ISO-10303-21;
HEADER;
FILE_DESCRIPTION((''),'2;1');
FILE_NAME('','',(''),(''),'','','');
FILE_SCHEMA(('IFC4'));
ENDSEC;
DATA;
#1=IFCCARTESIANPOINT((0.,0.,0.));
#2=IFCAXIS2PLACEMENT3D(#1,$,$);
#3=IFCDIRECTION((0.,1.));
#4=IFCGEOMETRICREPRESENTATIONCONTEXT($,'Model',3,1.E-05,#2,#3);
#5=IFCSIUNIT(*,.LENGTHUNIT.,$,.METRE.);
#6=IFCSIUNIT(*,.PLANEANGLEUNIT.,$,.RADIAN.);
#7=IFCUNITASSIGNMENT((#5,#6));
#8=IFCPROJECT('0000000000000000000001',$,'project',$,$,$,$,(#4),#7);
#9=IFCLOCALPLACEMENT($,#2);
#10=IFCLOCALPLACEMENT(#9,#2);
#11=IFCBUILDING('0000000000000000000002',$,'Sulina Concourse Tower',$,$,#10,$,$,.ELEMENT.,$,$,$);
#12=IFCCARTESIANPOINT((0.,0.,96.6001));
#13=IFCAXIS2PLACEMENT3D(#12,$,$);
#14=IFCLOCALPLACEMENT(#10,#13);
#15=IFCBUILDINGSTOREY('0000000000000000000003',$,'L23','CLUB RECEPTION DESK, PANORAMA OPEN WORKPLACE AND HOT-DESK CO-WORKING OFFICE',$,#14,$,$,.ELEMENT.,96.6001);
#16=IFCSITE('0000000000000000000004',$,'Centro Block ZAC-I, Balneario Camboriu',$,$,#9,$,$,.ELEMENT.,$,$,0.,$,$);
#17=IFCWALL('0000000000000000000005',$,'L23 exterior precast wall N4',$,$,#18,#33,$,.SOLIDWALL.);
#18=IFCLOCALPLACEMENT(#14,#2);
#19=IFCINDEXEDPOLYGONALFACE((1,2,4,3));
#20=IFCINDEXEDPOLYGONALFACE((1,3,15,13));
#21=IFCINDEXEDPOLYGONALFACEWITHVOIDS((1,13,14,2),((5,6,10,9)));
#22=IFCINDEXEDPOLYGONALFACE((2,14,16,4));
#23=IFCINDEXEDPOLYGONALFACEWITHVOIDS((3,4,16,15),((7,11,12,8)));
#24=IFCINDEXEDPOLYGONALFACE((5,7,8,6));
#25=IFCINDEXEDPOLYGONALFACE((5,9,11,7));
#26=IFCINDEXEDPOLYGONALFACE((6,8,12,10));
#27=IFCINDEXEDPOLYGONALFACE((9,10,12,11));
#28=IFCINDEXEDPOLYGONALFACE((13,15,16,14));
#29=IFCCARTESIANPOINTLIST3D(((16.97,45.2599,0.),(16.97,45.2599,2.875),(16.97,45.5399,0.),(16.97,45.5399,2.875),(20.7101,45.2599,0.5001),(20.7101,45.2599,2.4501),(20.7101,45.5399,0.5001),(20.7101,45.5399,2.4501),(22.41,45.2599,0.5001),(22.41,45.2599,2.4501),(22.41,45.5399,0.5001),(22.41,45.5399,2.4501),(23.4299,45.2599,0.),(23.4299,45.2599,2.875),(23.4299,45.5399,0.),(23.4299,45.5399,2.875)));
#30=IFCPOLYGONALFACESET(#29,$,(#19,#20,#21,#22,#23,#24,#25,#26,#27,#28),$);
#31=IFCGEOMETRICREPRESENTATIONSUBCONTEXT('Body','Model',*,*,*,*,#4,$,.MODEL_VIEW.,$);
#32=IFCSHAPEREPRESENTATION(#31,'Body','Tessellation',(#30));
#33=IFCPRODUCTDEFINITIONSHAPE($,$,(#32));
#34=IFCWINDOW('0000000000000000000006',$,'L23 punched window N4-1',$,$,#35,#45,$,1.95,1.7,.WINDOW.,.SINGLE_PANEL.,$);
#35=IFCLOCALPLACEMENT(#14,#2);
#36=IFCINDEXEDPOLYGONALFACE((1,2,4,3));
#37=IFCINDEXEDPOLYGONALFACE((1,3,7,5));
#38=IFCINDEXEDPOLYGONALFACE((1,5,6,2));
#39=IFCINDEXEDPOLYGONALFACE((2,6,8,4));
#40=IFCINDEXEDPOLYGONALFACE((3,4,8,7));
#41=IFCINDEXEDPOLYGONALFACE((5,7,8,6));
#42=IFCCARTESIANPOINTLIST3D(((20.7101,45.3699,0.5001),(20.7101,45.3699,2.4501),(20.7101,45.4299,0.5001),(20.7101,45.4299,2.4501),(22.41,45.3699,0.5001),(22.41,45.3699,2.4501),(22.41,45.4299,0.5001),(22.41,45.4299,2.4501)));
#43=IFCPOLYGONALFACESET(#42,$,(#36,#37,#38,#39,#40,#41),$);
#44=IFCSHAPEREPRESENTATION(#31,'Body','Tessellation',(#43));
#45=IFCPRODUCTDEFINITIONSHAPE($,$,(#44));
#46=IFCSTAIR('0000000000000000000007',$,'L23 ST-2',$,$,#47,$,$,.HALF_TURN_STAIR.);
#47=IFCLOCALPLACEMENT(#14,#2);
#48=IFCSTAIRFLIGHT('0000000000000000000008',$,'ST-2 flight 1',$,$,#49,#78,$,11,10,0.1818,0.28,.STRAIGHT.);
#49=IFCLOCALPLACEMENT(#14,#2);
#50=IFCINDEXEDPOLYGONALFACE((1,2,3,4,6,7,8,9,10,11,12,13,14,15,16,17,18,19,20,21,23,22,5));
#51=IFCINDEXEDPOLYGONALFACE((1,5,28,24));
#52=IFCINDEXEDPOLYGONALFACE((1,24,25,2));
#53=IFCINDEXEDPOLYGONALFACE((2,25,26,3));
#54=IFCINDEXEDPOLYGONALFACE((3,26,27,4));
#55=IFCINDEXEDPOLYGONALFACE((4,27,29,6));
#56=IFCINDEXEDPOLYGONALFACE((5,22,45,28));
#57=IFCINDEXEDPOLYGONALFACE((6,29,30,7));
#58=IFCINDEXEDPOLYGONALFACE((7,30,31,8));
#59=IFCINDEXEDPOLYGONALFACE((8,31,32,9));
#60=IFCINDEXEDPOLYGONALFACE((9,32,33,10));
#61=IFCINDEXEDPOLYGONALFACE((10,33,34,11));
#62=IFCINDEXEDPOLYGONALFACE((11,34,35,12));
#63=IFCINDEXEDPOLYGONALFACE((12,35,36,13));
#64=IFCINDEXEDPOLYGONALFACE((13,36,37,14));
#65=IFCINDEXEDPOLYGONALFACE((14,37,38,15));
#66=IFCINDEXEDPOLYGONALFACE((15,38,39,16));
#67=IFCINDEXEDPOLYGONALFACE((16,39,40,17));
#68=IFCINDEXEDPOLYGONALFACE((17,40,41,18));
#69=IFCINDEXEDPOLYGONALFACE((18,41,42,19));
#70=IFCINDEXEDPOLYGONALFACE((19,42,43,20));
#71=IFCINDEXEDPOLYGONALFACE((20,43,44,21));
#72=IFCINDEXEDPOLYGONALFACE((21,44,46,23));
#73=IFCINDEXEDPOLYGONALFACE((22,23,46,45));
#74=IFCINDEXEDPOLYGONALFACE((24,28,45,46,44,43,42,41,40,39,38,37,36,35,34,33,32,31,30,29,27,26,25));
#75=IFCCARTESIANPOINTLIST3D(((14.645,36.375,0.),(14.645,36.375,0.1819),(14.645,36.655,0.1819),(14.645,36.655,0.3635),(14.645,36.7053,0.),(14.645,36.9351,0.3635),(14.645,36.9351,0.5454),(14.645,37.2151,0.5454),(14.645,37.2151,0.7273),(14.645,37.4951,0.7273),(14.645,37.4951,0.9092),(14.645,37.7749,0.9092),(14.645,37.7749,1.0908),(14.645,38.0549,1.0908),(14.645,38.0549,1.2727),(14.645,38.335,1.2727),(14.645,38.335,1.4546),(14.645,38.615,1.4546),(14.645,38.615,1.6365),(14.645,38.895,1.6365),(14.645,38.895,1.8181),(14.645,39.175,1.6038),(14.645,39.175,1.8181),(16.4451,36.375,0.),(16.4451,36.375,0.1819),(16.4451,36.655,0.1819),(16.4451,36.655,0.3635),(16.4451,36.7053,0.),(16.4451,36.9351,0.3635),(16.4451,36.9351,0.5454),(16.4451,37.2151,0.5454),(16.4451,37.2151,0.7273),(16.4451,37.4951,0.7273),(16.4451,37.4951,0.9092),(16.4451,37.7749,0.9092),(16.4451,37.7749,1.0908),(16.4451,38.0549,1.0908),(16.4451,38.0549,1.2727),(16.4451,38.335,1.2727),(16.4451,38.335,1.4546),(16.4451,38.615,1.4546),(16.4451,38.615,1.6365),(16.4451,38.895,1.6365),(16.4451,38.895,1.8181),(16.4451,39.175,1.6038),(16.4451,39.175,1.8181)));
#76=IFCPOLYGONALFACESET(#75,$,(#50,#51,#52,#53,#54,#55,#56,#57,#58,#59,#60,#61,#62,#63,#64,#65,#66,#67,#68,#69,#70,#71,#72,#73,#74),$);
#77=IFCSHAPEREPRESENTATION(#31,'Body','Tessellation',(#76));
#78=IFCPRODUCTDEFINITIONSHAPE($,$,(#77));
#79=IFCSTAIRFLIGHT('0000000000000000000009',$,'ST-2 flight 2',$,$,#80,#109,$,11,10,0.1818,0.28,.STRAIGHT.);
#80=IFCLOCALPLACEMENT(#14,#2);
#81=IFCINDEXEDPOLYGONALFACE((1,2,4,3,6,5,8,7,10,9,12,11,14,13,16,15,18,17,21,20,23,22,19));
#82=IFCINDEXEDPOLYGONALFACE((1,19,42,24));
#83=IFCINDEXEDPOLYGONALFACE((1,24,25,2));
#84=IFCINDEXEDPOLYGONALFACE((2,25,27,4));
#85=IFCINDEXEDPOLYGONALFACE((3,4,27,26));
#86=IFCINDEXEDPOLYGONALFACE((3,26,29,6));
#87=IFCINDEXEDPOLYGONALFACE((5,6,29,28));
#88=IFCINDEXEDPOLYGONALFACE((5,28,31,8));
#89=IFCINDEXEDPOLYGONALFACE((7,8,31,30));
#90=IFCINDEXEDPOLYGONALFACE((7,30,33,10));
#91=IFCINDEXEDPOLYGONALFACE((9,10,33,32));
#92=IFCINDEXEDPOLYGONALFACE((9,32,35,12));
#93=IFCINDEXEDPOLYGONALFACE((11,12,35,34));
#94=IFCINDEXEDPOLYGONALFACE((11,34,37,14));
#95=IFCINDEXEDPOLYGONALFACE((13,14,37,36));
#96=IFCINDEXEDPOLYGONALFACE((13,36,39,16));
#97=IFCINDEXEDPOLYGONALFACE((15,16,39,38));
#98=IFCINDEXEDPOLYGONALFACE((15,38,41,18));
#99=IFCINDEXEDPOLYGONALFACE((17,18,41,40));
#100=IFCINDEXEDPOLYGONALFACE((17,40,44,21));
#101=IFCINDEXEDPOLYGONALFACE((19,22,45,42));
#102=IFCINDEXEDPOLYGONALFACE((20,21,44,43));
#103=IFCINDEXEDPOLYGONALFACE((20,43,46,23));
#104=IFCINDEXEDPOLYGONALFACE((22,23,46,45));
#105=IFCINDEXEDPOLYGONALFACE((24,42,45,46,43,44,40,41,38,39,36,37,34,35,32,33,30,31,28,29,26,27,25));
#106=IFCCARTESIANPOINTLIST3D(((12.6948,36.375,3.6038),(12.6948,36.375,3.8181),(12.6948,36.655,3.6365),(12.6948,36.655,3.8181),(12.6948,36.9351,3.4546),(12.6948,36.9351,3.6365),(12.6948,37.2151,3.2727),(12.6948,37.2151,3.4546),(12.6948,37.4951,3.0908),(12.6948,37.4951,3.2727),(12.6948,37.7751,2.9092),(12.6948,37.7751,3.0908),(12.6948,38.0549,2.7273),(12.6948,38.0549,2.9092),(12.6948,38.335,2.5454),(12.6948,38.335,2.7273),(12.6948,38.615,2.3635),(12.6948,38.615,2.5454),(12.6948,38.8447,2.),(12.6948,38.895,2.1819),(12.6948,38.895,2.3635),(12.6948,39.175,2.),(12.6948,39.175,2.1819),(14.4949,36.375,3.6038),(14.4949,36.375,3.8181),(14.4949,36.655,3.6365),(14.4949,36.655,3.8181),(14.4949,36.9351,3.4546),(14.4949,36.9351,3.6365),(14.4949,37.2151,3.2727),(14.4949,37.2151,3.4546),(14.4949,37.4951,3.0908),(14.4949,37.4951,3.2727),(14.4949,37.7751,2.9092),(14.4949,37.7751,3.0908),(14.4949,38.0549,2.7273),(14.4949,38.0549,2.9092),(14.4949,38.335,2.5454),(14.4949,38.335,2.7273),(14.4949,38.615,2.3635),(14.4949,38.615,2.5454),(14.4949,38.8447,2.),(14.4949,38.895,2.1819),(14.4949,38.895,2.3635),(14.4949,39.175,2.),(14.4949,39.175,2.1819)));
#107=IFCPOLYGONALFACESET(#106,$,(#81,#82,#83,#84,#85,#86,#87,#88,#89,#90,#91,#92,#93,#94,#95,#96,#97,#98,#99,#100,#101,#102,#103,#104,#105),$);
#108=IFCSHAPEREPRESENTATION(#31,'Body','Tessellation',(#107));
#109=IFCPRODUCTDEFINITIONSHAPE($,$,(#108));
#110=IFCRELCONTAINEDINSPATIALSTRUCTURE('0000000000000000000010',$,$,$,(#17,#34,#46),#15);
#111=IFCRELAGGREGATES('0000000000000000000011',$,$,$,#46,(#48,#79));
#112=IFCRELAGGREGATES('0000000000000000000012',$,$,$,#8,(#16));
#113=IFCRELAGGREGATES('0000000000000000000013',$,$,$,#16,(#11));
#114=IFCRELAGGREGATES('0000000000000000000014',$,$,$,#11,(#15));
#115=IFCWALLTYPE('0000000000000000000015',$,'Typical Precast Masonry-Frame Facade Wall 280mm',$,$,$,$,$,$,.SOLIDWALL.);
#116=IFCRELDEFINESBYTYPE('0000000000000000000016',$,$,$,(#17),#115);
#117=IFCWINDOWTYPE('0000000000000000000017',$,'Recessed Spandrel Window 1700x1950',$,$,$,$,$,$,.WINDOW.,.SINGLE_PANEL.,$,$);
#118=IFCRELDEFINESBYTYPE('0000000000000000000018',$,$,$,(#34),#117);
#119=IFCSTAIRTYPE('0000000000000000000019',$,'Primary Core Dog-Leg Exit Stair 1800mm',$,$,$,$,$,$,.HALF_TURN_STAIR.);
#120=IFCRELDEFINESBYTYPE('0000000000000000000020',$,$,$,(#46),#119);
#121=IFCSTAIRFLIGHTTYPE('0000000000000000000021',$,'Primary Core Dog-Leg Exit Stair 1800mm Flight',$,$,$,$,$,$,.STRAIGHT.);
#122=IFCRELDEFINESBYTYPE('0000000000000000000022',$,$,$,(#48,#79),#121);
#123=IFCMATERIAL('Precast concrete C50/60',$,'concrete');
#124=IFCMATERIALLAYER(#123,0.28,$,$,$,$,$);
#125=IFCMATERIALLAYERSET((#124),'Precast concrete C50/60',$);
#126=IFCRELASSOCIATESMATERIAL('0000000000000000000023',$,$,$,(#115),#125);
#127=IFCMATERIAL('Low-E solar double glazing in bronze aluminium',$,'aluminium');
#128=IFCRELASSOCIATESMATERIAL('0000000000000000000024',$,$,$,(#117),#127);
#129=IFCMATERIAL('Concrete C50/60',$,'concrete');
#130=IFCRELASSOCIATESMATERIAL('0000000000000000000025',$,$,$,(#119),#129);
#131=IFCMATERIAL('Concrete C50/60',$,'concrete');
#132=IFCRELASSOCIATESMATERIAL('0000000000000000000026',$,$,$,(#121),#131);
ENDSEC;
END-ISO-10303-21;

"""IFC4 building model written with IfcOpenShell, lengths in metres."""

from ifc_helpers import new_model, si_unit, direction, frame, frame_2d, origin, place, context, subcontext, project, spatial, polyline, rectangle, outline, extrude, material, layer, layer_set, type_object, element, fill, aggregate, save


model = new_model("IFC4")

# Units and contexts
model_context = context("Model", 3, precision=1e-05, world=origin(), true_north=direction((0.0, 1.0)))
body_context = subcontext(model_context, "Body", "Model", "MODEL_VIEW")
ifc_project = project(units=[si_unit("LENGTHUNIT", "METRE"), si_unit("PLANEANGLEUNIT", "RADIAN")], contexts=[model_context])

# Site, building, storey
site_placement = place(None, origin())
site = spatial("IfcSite", under=ifc_project, at=site_placement, Name="Centro Block ZAC-I, Balneario Camboriu", CompositionType="ELEMENT", RefElevation=0.0)
building_placement = place(site_placement, origin())
building = spatial("IfcBuilding", under=site, at=building_placement, Name="Sulina Concourse Tower", CompositionType="ELEMENT")
storey_placement = place(building_placement, frame((0.0, 0.0, 96.6001)))
storey = spatial("IfcBuildingStorey", under=building, at=storey_placement, Name="L23", Description="CLUB RECEPTION DESK, PANORAMA OPEN WORKPLACE AND HOT-DESK CO-WORKING OFFICE", CompositionType="ELEMENT", Elevation=96.6001)

# Shared definitions
ifc_material_1 = material(Name="Precast concrete C50/60", Category="concrete")
ifc_layer_1 = layer(ifc_material_1, 0.28)
ifc_layer_set_1 = layer_set([ifc_layer_1], Name="Precast concrete C50/60")
wall_type_1 = type_object("IfcWallType", Name="Typical Precast Masonry-Frame Facade Wall 280mm", PredefinedType="SOLIDWALL", material=ifc_layer_set_1)

# Wall, opening, window
wall_1_placement = place(storey_placement, frame((16.97, 45.3999, 0.0), z_axis=(0.0, 0.0, 1.0), x_axis=(1.0, 0.0, 0.0)))
wall_1 = element("IfcWall", 1, at=wall_1_placement, inside=storey, type_object=wall_type_1, Name="L23 exterior precast wall N4", PredefinedType="SOLIDWALL", context=body_context, shape_type="SweptSolid", body=[
    extrude(rectangle(XDim=6.46, YDim=0.28, at=frame_2d((3.23, 0.0))), origin(), (0.0, 0.0, 1.0), 2.875),
])
opening_1_placement = place(wall_1_placement, frame((3.74, 0.0, 0.5)))
opening_1 = element("IfcOpeningElement", 2, at=opening_1_placement, cuts=wall_1, PredefinedType="OPENING", context=body_context, shape_type="SweptSolid", body=[
    extrude(rectangle(XDim=1.7, YDim=1.95, at=frame_2d((0.8501, 0.9751))), frame((0.0, 0.1499, 0.0), z_axis=(0.0, -1.0, 0.0), x_axis=(1.0, 0.0, 0.0)), (0.0, 0.0, 1.0), 0.3),
])
ifc_material_2 = material(Name="Low-E solar double glazing in bronze aluminium", Category="aluminium")
window_type = type_object("IfcWindowType", Name="Recessed Spandrel Window 1700x1950", PartitioningType="SINGLE_PANEL", PredefinedType="WINDOW", material=ifc_material_2)
window_placement = place(opening_1_placement, origin())
window = element("IfcWindow", 3, at=window_placement, inside=storey, type_object=window_type, Name="L23 punched window N4-1", OverallHeight=1.95, OverallWidth=1.7, PartitioningType="SINGLE_PANEL", PredefinedType="WINDOW", context=body_context, shape_type="SweptSolid", body=[
    extrude(rectangle(XDim=1.7, YDim=1.95, at=frame_2d((0.8501, 0.9751))), frame((0.0, 0.03, 0.0), z_axis=(0.0, -1.0, 0.0), x_axis=(1.0, 0.0, 0.0)), (0.0, 0.0, 1.0), 0.0601),
])
fill(opening_1, window)

# Stair, stair flights
ifc_material_3 = material(Name="Concrete C50/60", Category="concrete")
stair_type = type_object("IfcStairType", Name="Primary Core Dog-Leg Exit Stair 1800mm", PredefinedType="HALF_TURN_STAIR", material=ifc_material_3)
stair_placement = place(storey_placement, origin())
stair = element("IfcStair", 4, at=stair_placement, inside=storey, type_object=stair_type, Name="L23 ST-2", PredefinedType="HALF_TURN_STAIR")
ifc_material_4 = material(Name="Concrete C50/60", Category="concrete")
stair_flight_type = type_object("IfcStairFlightType", Name="Primary Core Dog-Leg Exit Stair 1800mm Flight", PredefinedType="STRAIGHT", material=ifc_material_4)
stair_flight_1_placement = place(storey_placement, frame((15.5449, 36.375, 0.0), z_axis=(0.0, 0.0, 1.0), x_axis=(0.0, 1.0, 0.0)))
stair_flight_1 = element("IfcStairFlight", 5, at=stair_flight_1_placement, type_object=stair_flight_type, Name="ST-2 flight 1", NumberOfRisers=11, NumberOfTreads=10, PredefinedType="STRAIGHT", RiserHeight=0.1818, TreadLength=0.28, context=body_context, shape_type="SweptSolid", body=[
    extrude(outline(polyline([(0.0, 0.0), (0.0, 0.1819), (0.28, 0.1819), (0.28, 0.3635), (0.5601, 0.3635), (0.5601, 0.5454), (0.8401, 0.5454), (0.8401, 0.7273), (1.1201, 0.7273), (1.1201, 0.9092), (1.3999, 0.9092), (1.3999, 1.0908), (1.6799, 1.0908), (1.6799, 1.2727), (1.96, 1.2727), (1.96, 1.4546), (2.24, 1.4546), (2.24, 1.6365), (2.52, 1.6365), (2.52, 1.8181), (2.8, 1.8181), (2.8, 2.0), (2.8, 1.6038), (0.3303, 0.0), (0.0, 0.0)])), frame((0.0, 0.8999, 0.0), z_axis=(0.0, -1.0, 0.0), x_axis=(1.0, 0.0, 0.0)), (0.0, 0.0, 1.0), 1.8),
])
stair_flight_2_placement = place(storey_placement, frame((13.595, 39.175, 2.0), z_axis=(0.0, 0.0, 1.0), x_axis=(0.0, -1.0, 0.0)))
stair_flight_2 = element("IfcStairFlight", 6, at=stair_flight_2_placement, type_object=stair_flight_type, Name="ST-2 flight 2", NumberOfRisers=11, NumberOfTreads=10, PredefinedType="STRAIGHT", RiserHeight=0.1818, TreadLength=0.28, context=body_context, shape_type="SweptSolid", body=[
    extrude(outline(polyline([(0.0, 0.0), (0.0, 0.1819), (0.28, 0.1819), (0.28, 0.3635), (0.5601, 0.3635), (0.5601, 0.5454), (0.8401, 0.5454), (0.8401, 0.7273), (1.1201, 0.7273), (1.1201, 0.9092), (1.3999, 0.9092), (1.3999, 1.0908), (1.6799, 1.0908), (1.6799, 1.2727), (1.96, 1.2727), (1.96, 1.4546), (2.24, 1.4546), (2.24, 1.6365), (2.52, 1.6365), (2.52, 1.8181), (2.8, 1.8181), (2.8, 2.0), (2.8, 1.6038), (0.3303, 0.0), (0.0, 0.0)])), frame((0.0, 0.8999, 0.0), z_axis=(0.0, -1.0, 0.0), x_axis=(1.0, 0.0, 0.0)), (0.0, 0.0, 1.0), 1.8),
])
aggregate(stair, [stair_flight_1, stair_flight_2])

save(model, "model.ifc")
